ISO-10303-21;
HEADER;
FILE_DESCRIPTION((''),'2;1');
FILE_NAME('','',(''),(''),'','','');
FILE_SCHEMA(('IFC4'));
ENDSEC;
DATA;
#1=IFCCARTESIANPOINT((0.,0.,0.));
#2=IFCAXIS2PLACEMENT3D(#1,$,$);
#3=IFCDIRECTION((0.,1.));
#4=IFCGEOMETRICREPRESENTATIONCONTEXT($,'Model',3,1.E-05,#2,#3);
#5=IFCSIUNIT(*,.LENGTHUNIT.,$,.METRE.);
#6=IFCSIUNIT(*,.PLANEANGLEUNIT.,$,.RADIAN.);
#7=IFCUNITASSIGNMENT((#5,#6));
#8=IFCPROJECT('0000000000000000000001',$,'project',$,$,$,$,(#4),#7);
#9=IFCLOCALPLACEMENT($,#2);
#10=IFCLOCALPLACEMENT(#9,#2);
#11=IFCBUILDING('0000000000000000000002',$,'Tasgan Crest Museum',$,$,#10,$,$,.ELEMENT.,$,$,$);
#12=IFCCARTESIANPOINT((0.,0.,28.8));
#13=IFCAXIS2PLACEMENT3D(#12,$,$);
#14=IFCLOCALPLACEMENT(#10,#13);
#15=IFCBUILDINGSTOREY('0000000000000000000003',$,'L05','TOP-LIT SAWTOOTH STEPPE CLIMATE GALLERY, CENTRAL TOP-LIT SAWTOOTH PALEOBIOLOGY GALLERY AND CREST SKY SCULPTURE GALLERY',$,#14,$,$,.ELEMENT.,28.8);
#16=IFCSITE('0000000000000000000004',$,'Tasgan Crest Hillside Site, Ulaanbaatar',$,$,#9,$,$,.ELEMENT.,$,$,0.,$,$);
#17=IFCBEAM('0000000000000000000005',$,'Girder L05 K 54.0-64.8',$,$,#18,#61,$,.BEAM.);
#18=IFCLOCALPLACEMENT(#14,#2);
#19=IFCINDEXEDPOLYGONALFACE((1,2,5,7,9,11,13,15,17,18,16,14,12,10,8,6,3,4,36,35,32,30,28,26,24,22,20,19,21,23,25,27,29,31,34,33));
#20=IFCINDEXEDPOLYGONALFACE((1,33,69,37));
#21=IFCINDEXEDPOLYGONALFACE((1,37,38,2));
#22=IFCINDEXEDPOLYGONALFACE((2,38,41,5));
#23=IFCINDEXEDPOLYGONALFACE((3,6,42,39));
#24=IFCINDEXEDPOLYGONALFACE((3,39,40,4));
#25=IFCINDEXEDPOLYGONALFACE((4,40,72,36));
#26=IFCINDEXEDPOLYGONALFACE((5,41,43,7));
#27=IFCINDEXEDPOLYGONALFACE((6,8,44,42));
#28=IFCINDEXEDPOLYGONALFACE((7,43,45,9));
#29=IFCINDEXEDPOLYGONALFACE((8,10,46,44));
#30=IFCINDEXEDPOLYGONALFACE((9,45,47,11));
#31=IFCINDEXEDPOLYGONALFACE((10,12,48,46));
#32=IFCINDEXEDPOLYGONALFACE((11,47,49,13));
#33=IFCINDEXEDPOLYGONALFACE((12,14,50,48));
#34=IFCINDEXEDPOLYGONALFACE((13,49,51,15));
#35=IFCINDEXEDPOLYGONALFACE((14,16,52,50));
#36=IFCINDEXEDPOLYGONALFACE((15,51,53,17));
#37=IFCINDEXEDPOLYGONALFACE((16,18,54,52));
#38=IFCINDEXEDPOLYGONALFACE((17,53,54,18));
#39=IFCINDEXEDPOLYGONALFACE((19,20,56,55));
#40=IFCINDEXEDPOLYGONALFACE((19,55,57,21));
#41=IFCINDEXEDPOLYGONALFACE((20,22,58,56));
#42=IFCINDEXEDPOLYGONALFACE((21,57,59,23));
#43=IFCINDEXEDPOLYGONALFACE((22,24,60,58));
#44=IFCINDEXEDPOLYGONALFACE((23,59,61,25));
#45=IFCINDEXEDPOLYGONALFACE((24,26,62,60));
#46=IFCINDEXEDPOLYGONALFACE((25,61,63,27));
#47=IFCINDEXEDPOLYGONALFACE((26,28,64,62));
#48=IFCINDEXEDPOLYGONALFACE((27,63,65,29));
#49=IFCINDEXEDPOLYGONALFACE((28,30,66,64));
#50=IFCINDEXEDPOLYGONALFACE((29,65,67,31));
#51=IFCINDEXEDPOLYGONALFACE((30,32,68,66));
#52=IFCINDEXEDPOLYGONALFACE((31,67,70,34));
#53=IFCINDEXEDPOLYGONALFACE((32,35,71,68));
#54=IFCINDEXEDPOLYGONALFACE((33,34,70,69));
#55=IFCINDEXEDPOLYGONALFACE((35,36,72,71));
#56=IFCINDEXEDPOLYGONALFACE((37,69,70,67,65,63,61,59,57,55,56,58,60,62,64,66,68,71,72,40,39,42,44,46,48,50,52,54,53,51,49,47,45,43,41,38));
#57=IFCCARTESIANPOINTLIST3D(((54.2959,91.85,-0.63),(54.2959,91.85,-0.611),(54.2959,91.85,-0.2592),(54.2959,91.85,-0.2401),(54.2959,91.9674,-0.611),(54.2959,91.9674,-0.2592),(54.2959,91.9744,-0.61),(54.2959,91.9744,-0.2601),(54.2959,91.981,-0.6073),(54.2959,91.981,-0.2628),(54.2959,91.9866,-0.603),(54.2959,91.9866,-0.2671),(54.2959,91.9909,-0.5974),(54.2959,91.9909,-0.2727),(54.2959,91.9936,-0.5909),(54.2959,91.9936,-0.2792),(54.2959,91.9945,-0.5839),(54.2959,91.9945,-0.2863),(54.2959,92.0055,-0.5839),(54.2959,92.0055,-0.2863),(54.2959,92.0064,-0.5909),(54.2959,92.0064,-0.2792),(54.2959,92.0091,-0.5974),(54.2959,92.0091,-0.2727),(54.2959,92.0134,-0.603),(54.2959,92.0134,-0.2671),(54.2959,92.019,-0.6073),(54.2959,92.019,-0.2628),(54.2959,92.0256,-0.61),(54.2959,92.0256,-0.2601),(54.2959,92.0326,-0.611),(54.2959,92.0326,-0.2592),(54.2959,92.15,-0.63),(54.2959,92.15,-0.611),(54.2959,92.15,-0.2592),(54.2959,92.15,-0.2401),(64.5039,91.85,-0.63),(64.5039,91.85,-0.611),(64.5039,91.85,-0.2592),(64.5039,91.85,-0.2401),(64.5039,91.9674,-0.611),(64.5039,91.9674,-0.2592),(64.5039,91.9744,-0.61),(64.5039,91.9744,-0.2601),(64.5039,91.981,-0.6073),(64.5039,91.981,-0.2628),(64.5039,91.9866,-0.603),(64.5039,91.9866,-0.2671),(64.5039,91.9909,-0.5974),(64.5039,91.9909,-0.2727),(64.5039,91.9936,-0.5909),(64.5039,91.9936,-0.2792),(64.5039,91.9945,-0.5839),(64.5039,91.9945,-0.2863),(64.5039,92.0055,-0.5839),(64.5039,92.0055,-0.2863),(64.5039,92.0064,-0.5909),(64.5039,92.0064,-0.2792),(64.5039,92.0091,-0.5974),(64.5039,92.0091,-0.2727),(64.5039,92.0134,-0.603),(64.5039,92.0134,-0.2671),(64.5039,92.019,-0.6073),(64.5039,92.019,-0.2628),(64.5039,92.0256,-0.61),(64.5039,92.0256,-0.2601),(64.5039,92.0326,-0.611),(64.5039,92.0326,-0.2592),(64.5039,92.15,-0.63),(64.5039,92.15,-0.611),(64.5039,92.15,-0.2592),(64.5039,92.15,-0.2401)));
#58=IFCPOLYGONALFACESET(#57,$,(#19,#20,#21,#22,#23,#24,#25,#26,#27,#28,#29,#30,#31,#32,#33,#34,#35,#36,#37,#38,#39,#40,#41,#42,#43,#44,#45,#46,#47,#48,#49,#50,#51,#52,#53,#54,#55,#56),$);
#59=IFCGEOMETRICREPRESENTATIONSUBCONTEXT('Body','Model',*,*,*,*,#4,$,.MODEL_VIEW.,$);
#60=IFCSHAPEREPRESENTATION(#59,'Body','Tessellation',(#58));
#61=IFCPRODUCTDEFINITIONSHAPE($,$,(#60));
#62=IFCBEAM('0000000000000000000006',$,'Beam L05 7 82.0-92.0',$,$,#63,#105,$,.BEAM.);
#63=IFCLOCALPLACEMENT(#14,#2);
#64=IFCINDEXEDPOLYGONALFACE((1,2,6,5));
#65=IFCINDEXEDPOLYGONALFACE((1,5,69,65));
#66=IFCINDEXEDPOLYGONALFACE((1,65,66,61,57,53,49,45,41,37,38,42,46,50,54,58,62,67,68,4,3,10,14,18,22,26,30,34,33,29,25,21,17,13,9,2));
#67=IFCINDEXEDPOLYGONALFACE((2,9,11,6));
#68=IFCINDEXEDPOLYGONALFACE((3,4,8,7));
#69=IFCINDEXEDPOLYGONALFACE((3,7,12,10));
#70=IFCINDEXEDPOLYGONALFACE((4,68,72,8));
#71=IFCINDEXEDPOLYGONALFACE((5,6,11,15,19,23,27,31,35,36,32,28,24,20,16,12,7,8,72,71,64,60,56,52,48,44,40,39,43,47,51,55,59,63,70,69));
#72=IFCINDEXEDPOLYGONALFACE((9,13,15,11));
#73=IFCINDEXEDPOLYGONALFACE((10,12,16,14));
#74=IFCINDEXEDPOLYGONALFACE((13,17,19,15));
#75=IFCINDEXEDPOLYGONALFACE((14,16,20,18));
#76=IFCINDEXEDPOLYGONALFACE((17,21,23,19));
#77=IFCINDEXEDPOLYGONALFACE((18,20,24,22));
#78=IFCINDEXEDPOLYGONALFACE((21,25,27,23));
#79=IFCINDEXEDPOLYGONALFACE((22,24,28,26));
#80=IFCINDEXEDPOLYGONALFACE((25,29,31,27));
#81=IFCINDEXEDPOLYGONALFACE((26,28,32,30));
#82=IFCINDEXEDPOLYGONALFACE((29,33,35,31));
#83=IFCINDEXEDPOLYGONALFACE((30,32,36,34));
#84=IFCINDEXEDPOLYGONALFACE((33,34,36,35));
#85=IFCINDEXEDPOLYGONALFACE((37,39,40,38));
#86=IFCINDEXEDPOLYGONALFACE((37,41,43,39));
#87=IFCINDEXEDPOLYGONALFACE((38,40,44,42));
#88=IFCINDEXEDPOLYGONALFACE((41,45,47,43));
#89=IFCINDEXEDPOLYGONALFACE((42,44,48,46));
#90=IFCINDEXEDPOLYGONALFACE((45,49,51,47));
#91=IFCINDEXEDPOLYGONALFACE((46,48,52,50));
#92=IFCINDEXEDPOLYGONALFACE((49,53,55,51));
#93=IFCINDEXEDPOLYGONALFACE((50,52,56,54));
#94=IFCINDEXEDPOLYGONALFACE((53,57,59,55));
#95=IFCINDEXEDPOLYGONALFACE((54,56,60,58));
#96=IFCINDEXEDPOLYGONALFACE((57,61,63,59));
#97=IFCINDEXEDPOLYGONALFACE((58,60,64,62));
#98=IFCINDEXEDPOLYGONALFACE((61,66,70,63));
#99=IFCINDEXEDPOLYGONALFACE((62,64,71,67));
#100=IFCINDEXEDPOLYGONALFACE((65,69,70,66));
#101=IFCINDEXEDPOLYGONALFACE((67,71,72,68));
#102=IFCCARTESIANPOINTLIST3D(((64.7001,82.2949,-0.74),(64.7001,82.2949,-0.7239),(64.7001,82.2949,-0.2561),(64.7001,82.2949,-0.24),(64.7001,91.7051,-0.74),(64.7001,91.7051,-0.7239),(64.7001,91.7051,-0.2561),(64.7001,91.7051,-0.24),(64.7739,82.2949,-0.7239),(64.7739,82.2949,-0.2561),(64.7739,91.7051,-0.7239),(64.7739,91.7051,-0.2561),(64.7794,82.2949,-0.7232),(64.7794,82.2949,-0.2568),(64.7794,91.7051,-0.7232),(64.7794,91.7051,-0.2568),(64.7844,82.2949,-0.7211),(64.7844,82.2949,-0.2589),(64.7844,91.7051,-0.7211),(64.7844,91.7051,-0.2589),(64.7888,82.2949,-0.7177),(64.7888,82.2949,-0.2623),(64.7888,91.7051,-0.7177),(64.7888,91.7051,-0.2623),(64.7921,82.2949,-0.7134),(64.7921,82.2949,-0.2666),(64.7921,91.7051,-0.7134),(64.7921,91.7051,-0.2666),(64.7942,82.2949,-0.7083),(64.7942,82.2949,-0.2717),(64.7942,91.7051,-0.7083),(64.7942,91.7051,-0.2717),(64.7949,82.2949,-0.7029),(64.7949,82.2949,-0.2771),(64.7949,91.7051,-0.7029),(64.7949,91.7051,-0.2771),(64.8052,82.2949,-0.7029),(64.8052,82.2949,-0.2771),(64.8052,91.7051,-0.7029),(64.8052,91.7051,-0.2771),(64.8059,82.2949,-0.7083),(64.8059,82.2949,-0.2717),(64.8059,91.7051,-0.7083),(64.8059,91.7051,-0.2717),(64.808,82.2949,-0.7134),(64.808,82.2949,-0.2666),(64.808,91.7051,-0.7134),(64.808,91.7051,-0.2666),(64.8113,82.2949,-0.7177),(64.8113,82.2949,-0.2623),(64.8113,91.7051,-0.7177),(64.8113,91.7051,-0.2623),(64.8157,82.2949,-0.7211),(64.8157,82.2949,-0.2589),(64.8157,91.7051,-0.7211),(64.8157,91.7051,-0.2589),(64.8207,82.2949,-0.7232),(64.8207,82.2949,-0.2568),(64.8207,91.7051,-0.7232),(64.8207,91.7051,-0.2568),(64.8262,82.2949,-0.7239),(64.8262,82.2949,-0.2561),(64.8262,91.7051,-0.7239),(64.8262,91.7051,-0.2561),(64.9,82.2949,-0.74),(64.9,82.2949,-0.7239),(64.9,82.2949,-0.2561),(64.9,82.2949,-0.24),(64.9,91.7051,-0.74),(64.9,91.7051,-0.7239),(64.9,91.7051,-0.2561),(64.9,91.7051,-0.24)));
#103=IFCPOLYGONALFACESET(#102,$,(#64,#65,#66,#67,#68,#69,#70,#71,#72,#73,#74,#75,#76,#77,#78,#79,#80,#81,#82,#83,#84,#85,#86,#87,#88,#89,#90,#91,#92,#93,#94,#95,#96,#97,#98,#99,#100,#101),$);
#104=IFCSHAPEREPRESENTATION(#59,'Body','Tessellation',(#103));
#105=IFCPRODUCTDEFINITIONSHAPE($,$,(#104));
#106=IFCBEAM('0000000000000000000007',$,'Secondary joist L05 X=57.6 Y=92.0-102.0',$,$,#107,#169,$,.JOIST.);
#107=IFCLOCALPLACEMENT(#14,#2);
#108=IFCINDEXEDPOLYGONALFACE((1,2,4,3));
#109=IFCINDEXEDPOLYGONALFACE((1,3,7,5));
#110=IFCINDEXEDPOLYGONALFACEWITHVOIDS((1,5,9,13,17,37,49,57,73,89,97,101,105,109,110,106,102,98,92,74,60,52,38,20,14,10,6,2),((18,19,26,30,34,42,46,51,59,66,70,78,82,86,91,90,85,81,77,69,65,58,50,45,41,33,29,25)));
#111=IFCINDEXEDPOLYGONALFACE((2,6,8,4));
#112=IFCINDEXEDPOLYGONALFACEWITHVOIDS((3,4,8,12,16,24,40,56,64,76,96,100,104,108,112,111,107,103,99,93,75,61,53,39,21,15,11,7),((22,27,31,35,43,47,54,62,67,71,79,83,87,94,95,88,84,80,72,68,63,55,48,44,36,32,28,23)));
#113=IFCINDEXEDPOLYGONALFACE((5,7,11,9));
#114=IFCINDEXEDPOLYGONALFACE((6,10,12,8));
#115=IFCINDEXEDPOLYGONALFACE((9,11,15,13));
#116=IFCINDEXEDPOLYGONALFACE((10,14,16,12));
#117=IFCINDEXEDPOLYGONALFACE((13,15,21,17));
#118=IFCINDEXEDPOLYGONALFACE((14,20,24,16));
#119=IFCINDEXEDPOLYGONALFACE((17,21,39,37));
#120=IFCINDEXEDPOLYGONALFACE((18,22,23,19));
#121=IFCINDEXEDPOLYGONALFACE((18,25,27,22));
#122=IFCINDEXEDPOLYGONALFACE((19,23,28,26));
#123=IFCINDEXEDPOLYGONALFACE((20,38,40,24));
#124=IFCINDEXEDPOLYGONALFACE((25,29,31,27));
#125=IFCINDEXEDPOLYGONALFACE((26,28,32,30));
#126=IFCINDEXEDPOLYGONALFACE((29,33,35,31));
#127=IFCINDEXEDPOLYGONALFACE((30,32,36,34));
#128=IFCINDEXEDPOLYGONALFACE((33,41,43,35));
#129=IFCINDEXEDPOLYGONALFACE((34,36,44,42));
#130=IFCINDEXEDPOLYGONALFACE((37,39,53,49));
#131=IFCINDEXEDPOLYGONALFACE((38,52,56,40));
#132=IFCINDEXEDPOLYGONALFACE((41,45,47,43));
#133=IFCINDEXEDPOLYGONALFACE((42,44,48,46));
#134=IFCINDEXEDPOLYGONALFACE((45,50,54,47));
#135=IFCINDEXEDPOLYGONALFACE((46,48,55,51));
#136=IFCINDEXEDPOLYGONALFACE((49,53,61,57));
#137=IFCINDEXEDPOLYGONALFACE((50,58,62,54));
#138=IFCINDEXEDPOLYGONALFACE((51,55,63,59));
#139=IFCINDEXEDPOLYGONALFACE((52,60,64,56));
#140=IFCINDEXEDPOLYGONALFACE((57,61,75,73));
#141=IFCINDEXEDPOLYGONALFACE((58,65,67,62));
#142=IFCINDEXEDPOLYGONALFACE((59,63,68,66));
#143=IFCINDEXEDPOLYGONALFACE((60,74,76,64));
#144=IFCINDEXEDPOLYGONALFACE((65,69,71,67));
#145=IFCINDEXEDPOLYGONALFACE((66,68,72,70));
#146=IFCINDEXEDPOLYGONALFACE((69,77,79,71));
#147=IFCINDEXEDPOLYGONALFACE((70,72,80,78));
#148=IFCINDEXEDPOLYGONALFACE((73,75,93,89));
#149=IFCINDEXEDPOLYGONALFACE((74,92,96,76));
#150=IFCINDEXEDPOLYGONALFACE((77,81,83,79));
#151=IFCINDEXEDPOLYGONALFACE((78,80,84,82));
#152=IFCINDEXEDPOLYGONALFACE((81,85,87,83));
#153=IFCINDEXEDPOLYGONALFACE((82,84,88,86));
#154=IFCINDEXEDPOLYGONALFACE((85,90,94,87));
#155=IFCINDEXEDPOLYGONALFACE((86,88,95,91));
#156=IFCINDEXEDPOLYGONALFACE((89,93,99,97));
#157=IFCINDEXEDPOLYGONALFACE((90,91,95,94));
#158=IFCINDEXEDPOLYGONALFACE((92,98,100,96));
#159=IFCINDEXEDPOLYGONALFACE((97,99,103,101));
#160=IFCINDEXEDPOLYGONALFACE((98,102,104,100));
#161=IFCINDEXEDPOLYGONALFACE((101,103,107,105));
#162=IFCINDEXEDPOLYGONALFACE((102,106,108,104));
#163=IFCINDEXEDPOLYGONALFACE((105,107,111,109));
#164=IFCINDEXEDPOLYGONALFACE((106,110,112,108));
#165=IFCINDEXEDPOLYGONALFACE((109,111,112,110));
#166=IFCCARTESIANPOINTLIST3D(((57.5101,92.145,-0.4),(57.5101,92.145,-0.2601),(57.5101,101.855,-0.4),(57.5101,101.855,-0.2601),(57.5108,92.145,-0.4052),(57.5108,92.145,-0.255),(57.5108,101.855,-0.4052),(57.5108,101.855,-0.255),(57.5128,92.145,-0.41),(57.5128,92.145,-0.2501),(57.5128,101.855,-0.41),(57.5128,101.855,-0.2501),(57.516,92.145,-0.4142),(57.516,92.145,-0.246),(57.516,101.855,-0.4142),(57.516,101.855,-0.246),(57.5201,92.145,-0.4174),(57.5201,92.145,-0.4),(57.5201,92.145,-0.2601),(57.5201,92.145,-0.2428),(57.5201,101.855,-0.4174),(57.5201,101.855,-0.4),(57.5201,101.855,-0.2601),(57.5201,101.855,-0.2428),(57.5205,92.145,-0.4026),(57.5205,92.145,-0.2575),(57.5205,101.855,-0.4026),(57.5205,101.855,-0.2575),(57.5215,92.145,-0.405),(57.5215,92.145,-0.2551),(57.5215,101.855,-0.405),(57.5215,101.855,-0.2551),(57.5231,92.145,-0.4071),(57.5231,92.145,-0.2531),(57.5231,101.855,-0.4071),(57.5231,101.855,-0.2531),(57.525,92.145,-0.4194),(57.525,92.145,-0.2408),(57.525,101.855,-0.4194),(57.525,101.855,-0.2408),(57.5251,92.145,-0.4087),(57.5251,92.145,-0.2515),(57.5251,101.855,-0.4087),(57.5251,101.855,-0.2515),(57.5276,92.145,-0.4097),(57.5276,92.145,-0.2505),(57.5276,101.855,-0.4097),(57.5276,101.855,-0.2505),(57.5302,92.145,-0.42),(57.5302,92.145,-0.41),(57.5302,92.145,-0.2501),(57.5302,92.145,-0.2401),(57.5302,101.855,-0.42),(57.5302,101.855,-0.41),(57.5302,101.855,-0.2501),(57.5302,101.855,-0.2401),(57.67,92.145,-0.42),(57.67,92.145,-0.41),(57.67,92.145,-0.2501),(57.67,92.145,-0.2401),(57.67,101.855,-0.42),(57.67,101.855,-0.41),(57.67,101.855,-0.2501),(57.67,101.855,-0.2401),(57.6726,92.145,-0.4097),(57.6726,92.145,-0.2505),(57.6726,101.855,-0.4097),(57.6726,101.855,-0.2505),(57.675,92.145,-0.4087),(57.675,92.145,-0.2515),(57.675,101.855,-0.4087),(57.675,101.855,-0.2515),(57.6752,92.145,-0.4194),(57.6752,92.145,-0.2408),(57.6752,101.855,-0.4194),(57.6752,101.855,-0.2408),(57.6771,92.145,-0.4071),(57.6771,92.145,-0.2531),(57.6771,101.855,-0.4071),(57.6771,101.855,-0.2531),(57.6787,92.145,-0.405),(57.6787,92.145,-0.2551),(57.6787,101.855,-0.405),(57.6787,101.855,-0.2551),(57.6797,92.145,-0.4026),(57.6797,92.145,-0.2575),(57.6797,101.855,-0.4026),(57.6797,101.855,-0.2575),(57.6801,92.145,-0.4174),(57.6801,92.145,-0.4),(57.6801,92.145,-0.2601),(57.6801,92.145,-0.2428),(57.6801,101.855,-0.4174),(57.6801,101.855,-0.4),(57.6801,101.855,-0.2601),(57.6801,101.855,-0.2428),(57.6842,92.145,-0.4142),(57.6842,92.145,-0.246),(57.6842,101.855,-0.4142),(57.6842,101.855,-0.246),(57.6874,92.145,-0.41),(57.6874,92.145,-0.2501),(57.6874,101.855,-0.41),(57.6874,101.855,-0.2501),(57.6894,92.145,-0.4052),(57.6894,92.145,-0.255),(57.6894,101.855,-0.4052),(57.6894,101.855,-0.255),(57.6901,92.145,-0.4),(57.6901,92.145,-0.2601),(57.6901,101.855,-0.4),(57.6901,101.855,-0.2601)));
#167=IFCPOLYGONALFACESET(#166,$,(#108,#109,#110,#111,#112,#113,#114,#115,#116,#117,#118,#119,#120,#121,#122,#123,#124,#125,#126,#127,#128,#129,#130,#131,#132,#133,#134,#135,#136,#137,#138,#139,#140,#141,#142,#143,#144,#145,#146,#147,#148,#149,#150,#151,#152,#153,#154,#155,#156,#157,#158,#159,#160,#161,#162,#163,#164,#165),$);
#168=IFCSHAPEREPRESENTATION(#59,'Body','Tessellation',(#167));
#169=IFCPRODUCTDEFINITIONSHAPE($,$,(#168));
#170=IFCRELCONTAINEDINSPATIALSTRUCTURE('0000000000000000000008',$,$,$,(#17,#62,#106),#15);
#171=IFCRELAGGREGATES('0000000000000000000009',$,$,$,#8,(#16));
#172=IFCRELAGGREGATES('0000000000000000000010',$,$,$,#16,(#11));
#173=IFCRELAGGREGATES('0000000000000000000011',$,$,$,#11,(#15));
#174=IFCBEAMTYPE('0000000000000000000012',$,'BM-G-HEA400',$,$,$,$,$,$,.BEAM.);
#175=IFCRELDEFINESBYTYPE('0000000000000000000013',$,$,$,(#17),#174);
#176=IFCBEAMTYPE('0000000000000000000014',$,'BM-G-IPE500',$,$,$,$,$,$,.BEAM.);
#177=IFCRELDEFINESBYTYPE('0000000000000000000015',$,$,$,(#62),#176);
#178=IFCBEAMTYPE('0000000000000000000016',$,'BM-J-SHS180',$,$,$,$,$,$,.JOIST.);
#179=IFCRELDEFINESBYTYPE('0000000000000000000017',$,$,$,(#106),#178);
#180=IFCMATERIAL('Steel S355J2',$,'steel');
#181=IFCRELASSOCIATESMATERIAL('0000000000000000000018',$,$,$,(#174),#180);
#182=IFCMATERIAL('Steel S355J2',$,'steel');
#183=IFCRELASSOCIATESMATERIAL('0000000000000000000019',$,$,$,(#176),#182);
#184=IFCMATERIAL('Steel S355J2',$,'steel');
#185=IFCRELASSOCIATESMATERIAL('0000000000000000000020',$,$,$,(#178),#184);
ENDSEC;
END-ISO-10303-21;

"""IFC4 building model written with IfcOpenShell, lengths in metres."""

from ifc_helpers import new_model, si_unit, direction, frame, origin, origin_2d, place, context, subcontext, project, spatial, hollow_rectangle, i_section, extrude, material, material_profile, profile_set, type_object, element, save


model = new_model("IFC4")

# Units and contexts
model_context = context("Model", 3, precision=1e-05, world=origin(), true_north=direction((0.0, 1.0)))
body_context = subcontext(model_context, "Body", "Model", "MODEL_VIEW")
ifc_project = project(units=[si_unit("LENGTHUNIT", "METRE"), si_unit("PLANEANGLEUNIT", "RADIAN")], contexts=[model_context])

# Site, building, storey
site_placement = place(None, origin())
site = spatial("IfcSite", under=ifc_project, at=site_placement, Name="Tasgan Crest Hillside Site, Ulaanbaatar", CompositionType="ELEMENT", RefElevation=0.0)
building_placement = place(site_placement, origin())
building = spatial("IfcBuilding", under=site, at=building_placement, Name="Tasgan Crest Museum", CompositionType="ELEMENT")
storey_placement = place(building_placement, frame((0.0, 0.0, 28.8)))
storey = spatial("IfcBuildingStorey", under=building, at=storey_placement, Name="L05", Description="TOP-LIT SAWTOOTH STEPPE CLIMATE GALLERY, CENTRAL TOP-LIT SAWTOOTH PALEOBIOLOGY GALLERY AND CREST SKY SCULPTURE GALLERY", CompositionType="ELEMENT", Elevation=28.8)

# Beams
ifc_material_1 = material(Name="Steel S355J2", Category="steel")
ifc_material_profile_1 = material_profile(ifc_material_1, i_section(OverallWidth=0.3, OverallDepth=0.3899, WebThickness=0.011, FlangeThickness=0.019, FilletRadius=0.0271, at=origin_2d()), Name="HEA 400")
ifc_profile_set_1 = profile_set([ifc_material_profile_1], Name="Steel S355J2")
beam_type_1 = type_object("IfcBeamType", Name="BM-G-HEA400", PredefinedType="BEAM", material=ifc_profile_set_1)
beam_1_placement = place(storey_placement, frame((54.2959, 92.0, -0.4351), z_axis=(1.0, 0.0, 0.0), x_axis=(0.0, 1.0, 0.0)))
element("IfcBeam", 1, at=beam_1_placement, inside=storey, type_object=beam_type_1, Name="Girder L05 K 54.0-64.8", PredefinedType="BEAM", context=body_context, shape_type="SweptSolid", body=[
    extrude(i_section(OverallWidth=0.3, OverallDepth=0.3899, WebThickness=0.011, FlangeThickness=0.019, FilletRadius=0.0271, at=origin_2d()), origin(), (0.0, 0.0, 1.0), 10.208),
])
ifc_material_2 = material(Name="Steel S355J2", Category="steel")
ifc_material_profile_2 = material_profile(ifc_material_2, i_section(OverallWidth=0.2, OverallDepth=0.5, WebThickness=0.0103, FlangeThickness=0.0161, FilletRadius=0.021, at=origin_2d()), Name="IPE 500")
ifc_profile_set_2 = profile_set([ifc_material_profile_2], Name="Steel S355J2")
beam_type_2 = type_object("IfcBeamType", Name="BM-G-IPE500", PredefinedType="BEAM", material=ifc_profile_set_2)
beam_2_placement = place(storey_placement, frame((64.8, 82.2949, -0.49), z_axis=(0.0, 1.0, 0.0), x_axis=(-1.0, 0.0, 0.0)))
element("IfcBeam", 2, at=beam_2_placement, inside=storey, type_object=beam_type_2, Name="Beam L05 7 82.0-92.0", PredefinedType="BEAM", context=body_context, shape_type="SweptSolid", body=[
    extrude(i_section(OverallWidth=0.2, OverallDepth=0.5, WebThickness=0.0103, FlangeThickness=0.0161, FilletRadius=0.021, at=origin_2d()), origin(), (0.0, 0.0, 1.0), 9.4102),
])
ifc_material_3 = material(Name="Steel S355J2", Category="steel")
ifc_material_profile_3 = material_profile(ifc_material_3, hollow_rectangle(XDim=0.1799, YDim=0.1799, WallThickness=0.01, InnerFilletRadius=0.01, OuterFilletRadius=0.02, at=origin_2d()), Name="SHS 180x180x10")
ifc_profile_set_3 = profile_set([ifc_material_profile_3], Name="Steel S355J2")
beam_type_3 = type_object("IfcBeamType", Name="BM-J-SHS180", PredefinedType="JOIST", material=ifc_profile_set_3)
for number, where, z_axis, x_axis, name in (
    (3, (57.6001, 92.145, -0.3301), (0.0, 1.0, 0.0), (-1.0, 0.0, 0.0), "Secondary joist L05 X=57.6 Y=92.0-102.0"),
):
    element("IfcBeam", number, at=place(storey_placement, frame(where, z_axis=z_axis, x_axis=x_axis)), inside=storey, type_object=beam_type_3, Name=name, PredefinedType="JOIST", context=body_context, shape_type="SweptSolid", body=[
        extrude(hollow_rectangle(XDim=0.1799, YDim=0.1799, WallThickness=0.01, InnerFilletRadius=0.01, OuterFilletRadius=0.02, at=origin_2d()), origin(), (0.0, 0.0, 1.0), 9.71),
    ])

save(model, "model.ifc")
